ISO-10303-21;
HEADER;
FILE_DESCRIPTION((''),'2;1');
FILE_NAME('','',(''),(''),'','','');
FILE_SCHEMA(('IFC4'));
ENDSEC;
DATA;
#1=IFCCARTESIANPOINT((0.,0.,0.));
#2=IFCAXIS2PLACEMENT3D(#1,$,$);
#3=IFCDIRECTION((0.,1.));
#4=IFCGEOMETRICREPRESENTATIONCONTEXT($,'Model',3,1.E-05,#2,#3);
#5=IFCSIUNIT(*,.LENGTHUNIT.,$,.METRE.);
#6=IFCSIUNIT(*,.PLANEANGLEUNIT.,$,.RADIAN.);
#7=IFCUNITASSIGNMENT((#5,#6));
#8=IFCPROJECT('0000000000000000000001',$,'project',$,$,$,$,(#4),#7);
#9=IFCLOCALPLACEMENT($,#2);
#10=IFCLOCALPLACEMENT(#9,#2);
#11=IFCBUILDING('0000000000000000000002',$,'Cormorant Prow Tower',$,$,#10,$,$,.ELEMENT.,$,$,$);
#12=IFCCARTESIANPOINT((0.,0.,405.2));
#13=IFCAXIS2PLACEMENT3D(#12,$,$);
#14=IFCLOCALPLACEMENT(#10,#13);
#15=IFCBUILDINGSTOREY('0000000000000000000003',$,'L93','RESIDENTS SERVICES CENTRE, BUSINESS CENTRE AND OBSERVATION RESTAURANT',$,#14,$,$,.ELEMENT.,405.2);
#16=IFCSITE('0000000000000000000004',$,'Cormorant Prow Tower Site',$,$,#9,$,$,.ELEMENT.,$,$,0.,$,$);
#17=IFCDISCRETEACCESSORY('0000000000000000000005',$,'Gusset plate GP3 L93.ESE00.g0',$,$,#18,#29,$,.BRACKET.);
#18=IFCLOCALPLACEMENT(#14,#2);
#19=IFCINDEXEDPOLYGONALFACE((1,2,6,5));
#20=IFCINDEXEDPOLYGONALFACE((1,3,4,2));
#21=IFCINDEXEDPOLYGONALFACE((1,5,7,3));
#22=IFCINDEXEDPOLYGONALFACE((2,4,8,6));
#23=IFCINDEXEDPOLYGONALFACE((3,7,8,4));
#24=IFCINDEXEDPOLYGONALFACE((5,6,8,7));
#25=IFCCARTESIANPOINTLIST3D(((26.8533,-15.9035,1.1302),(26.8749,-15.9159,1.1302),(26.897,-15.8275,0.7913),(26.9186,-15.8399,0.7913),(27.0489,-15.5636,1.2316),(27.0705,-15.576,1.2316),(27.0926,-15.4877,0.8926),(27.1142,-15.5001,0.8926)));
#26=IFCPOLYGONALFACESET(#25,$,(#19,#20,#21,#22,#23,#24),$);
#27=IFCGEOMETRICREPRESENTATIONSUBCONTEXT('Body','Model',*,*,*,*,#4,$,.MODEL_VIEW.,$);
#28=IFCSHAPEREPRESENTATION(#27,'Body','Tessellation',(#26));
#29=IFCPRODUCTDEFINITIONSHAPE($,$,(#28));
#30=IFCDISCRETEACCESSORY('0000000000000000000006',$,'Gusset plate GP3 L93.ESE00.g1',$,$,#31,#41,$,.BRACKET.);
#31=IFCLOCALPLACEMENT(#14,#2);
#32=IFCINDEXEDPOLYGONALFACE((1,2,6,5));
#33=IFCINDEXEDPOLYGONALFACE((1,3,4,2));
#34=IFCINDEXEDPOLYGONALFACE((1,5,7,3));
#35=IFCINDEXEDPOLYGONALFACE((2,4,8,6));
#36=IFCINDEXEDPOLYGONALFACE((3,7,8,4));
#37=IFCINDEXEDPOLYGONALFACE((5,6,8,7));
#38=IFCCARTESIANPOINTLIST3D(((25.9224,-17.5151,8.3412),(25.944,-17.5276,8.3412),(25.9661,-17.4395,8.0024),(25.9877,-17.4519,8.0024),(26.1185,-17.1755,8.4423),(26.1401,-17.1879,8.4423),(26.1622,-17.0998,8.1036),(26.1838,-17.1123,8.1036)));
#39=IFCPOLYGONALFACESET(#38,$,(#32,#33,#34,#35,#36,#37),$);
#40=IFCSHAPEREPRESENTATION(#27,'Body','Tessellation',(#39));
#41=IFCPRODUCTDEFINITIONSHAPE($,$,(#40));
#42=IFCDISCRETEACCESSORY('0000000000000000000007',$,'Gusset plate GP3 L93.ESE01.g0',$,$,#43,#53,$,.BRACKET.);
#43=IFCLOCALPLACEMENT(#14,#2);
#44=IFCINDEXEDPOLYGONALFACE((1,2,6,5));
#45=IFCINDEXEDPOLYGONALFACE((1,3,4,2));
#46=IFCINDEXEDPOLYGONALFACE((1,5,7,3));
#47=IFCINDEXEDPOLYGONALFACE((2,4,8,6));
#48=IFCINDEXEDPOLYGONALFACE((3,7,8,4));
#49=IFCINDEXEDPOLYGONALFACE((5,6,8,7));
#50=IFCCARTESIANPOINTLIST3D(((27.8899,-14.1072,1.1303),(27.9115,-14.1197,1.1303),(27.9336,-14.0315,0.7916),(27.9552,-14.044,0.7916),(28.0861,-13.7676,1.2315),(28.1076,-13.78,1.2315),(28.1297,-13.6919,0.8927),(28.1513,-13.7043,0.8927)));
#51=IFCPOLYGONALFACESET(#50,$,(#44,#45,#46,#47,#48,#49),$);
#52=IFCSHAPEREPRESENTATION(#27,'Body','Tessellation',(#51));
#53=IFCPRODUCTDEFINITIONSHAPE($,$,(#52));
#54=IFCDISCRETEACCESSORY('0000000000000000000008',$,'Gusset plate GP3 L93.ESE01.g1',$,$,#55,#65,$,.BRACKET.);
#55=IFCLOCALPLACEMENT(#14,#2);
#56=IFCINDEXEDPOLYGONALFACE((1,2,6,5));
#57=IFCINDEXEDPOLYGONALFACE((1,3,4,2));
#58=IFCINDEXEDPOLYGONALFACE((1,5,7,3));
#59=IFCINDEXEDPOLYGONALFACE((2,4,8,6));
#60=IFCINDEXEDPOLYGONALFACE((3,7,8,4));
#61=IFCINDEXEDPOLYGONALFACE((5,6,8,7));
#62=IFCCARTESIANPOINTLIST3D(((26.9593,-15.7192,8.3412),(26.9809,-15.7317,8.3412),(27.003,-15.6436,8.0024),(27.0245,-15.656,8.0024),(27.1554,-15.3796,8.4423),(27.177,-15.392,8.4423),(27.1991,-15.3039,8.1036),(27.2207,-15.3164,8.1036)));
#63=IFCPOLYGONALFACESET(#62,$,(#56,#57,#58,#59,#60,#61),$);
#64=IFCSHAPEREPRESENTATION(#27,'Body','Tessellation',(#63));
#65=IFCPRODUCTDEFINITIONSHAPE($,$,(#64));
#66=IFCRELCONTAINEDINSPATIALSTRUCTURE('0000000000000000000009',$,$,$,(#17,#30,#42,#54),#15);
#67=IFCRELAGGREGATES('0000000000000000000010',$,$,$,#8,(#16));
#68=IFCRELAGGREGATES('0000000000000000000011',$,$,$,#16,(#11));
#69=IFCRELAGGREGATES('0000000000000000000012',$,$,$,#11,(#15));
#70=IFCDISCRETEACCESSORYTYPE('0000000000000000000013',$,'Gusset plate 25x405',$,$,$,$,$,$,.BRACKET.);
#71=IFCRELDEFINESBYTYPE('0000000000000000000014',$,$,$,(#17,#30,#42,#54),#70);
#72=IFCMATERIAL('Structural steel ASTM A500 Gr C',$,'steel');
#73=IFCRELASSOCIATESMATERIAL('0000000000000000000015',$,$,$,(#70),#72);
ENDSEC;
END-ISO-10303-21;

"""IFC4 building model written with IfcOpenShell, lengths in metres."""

from ifc_helpers import new_model, si_unit, direction, frame, origin, origin_2d, place, context, subcontext, project, spatial, rectangle, extrude, material, material_profile, profile_set, type_object, element, save


model = new_model("IFC4")

# Units and contexts
model_context = context("Model", 3, precision=1e-05, world=origin(), true_north=direction((0.0, 1.0)))
body_context = subcontext(model_context, "Body", "Model", "MODEL_VIEW")
ifc_project = project(units=[si_unit("LENGTHUNIT", "METRE"), si_unit("PLANEANGLEUNIT", "RADIAN")], contexts=[model_context])

# Site, building, storey
site_placement = place(None, origin())
site = spatial("IfcSite", under=ifc_project, at=site_placement, Name="Cormorant Prow Tower Site", CompositionType="ELEMENT", RefElevation=0.0)
building_placement = place(site_placement, origin())
building = spatial("IfcBuilding", under=site, at=building_placement, Name="Cormorant Prow Tower", CompositionType="ELEMENT")
storey_placement = place(building_placement, frame((0.0, 0.0, 405.2)))
storey = spatial("IfcBuildingStorey", under=building, at=storey_placement, Name="L93", Description="RESIDENTS SERVICES CENTRE, BUSINESS CENTRE AND OBSERVATION RESTAURANT", CompositionType="ELEMENT", Elevation=405.2)

# Discrete accessories
ifc_material_1 = material(Name="Structural steel ASTM A500 Gr C", Category="steel")
ifc_material_profile_1 = material_profile(ifc_material_1, rectangle(XDim=0.0249, YDim=0.405, at=origin_2d()), Name="Gusset plate 25x405")
ifc_profile_set_1 = profile_set([ifc_material_profile_1], Name="Structural steel ASTM A500 Gr C")
discrete_accessory_type = type_object("IfcDiscreteAccessoryType", Name="Gusset plate 25x405", PredefinedType="BRACKET", material=ifc_profile_set_1)
discrete_accessory_placement = place(storey_placement, frame((26.9619, -15.7397, 1.1809), z_axis=(0.124858, 0.216931, -0.968169), x_axis=(-0.866695, 0.498838, 0.0)))
element("IfcDiscreteAccessory", 1, at=discrete_accessory_placement, inside=storey, type_object=discrete_accessory_type, Name="Gusset plate GP3 L93.ESE00.g0", PredefinedType="BRACKET", context=body_context, shape_type="SweptSolid", body=[
    extrude(rectangle(XDim=0.0249, YDim=0.405, at=origin_2d()), origin(), (0.0, 0.0, 1.0), 0.3501),
])
for number, where, z_axis, x_axis, name in (
    (2, (26.075, -17.2759, 8.053), (-0.124876, -0.216266, 0.968315), (0.865999, -0.500045, 0.0), "Gusset plate GP3 L93.ESE00.g1"),
    (3, (27.9988, -13.9436, 1.1809), (0.124876, 0.216266, -0.968315), (-0.865999, 0.500045, 0.0), "Gusset plate GP3 L93.ESE01.g0"),
    (4, (27.1118, -15.48, 8.053), (-0.124876, -0.216266, 0.968315), (0.865999, -0.500045, 0.0), "Gusset plate GP3 L93.ESE01.g1"),
):
    element("IfcDiscreteAccessory", number, at=place(storey_placement, frame(where, z_axis=z_axis, x_axis=x_axis)), inside=storey, type_object=discrete_accessory_type, Name=name, PredefinedType="BRACKET", context=body_context, shape_type="SweptSolid", body=[
        extrude(rectangle(XDim=0.0249, YDim=0.405, at=origin_2d()), origin(), (0.0, 0.0, 1.0), 0.3499),
    ])

save(model, "model.ifc")
